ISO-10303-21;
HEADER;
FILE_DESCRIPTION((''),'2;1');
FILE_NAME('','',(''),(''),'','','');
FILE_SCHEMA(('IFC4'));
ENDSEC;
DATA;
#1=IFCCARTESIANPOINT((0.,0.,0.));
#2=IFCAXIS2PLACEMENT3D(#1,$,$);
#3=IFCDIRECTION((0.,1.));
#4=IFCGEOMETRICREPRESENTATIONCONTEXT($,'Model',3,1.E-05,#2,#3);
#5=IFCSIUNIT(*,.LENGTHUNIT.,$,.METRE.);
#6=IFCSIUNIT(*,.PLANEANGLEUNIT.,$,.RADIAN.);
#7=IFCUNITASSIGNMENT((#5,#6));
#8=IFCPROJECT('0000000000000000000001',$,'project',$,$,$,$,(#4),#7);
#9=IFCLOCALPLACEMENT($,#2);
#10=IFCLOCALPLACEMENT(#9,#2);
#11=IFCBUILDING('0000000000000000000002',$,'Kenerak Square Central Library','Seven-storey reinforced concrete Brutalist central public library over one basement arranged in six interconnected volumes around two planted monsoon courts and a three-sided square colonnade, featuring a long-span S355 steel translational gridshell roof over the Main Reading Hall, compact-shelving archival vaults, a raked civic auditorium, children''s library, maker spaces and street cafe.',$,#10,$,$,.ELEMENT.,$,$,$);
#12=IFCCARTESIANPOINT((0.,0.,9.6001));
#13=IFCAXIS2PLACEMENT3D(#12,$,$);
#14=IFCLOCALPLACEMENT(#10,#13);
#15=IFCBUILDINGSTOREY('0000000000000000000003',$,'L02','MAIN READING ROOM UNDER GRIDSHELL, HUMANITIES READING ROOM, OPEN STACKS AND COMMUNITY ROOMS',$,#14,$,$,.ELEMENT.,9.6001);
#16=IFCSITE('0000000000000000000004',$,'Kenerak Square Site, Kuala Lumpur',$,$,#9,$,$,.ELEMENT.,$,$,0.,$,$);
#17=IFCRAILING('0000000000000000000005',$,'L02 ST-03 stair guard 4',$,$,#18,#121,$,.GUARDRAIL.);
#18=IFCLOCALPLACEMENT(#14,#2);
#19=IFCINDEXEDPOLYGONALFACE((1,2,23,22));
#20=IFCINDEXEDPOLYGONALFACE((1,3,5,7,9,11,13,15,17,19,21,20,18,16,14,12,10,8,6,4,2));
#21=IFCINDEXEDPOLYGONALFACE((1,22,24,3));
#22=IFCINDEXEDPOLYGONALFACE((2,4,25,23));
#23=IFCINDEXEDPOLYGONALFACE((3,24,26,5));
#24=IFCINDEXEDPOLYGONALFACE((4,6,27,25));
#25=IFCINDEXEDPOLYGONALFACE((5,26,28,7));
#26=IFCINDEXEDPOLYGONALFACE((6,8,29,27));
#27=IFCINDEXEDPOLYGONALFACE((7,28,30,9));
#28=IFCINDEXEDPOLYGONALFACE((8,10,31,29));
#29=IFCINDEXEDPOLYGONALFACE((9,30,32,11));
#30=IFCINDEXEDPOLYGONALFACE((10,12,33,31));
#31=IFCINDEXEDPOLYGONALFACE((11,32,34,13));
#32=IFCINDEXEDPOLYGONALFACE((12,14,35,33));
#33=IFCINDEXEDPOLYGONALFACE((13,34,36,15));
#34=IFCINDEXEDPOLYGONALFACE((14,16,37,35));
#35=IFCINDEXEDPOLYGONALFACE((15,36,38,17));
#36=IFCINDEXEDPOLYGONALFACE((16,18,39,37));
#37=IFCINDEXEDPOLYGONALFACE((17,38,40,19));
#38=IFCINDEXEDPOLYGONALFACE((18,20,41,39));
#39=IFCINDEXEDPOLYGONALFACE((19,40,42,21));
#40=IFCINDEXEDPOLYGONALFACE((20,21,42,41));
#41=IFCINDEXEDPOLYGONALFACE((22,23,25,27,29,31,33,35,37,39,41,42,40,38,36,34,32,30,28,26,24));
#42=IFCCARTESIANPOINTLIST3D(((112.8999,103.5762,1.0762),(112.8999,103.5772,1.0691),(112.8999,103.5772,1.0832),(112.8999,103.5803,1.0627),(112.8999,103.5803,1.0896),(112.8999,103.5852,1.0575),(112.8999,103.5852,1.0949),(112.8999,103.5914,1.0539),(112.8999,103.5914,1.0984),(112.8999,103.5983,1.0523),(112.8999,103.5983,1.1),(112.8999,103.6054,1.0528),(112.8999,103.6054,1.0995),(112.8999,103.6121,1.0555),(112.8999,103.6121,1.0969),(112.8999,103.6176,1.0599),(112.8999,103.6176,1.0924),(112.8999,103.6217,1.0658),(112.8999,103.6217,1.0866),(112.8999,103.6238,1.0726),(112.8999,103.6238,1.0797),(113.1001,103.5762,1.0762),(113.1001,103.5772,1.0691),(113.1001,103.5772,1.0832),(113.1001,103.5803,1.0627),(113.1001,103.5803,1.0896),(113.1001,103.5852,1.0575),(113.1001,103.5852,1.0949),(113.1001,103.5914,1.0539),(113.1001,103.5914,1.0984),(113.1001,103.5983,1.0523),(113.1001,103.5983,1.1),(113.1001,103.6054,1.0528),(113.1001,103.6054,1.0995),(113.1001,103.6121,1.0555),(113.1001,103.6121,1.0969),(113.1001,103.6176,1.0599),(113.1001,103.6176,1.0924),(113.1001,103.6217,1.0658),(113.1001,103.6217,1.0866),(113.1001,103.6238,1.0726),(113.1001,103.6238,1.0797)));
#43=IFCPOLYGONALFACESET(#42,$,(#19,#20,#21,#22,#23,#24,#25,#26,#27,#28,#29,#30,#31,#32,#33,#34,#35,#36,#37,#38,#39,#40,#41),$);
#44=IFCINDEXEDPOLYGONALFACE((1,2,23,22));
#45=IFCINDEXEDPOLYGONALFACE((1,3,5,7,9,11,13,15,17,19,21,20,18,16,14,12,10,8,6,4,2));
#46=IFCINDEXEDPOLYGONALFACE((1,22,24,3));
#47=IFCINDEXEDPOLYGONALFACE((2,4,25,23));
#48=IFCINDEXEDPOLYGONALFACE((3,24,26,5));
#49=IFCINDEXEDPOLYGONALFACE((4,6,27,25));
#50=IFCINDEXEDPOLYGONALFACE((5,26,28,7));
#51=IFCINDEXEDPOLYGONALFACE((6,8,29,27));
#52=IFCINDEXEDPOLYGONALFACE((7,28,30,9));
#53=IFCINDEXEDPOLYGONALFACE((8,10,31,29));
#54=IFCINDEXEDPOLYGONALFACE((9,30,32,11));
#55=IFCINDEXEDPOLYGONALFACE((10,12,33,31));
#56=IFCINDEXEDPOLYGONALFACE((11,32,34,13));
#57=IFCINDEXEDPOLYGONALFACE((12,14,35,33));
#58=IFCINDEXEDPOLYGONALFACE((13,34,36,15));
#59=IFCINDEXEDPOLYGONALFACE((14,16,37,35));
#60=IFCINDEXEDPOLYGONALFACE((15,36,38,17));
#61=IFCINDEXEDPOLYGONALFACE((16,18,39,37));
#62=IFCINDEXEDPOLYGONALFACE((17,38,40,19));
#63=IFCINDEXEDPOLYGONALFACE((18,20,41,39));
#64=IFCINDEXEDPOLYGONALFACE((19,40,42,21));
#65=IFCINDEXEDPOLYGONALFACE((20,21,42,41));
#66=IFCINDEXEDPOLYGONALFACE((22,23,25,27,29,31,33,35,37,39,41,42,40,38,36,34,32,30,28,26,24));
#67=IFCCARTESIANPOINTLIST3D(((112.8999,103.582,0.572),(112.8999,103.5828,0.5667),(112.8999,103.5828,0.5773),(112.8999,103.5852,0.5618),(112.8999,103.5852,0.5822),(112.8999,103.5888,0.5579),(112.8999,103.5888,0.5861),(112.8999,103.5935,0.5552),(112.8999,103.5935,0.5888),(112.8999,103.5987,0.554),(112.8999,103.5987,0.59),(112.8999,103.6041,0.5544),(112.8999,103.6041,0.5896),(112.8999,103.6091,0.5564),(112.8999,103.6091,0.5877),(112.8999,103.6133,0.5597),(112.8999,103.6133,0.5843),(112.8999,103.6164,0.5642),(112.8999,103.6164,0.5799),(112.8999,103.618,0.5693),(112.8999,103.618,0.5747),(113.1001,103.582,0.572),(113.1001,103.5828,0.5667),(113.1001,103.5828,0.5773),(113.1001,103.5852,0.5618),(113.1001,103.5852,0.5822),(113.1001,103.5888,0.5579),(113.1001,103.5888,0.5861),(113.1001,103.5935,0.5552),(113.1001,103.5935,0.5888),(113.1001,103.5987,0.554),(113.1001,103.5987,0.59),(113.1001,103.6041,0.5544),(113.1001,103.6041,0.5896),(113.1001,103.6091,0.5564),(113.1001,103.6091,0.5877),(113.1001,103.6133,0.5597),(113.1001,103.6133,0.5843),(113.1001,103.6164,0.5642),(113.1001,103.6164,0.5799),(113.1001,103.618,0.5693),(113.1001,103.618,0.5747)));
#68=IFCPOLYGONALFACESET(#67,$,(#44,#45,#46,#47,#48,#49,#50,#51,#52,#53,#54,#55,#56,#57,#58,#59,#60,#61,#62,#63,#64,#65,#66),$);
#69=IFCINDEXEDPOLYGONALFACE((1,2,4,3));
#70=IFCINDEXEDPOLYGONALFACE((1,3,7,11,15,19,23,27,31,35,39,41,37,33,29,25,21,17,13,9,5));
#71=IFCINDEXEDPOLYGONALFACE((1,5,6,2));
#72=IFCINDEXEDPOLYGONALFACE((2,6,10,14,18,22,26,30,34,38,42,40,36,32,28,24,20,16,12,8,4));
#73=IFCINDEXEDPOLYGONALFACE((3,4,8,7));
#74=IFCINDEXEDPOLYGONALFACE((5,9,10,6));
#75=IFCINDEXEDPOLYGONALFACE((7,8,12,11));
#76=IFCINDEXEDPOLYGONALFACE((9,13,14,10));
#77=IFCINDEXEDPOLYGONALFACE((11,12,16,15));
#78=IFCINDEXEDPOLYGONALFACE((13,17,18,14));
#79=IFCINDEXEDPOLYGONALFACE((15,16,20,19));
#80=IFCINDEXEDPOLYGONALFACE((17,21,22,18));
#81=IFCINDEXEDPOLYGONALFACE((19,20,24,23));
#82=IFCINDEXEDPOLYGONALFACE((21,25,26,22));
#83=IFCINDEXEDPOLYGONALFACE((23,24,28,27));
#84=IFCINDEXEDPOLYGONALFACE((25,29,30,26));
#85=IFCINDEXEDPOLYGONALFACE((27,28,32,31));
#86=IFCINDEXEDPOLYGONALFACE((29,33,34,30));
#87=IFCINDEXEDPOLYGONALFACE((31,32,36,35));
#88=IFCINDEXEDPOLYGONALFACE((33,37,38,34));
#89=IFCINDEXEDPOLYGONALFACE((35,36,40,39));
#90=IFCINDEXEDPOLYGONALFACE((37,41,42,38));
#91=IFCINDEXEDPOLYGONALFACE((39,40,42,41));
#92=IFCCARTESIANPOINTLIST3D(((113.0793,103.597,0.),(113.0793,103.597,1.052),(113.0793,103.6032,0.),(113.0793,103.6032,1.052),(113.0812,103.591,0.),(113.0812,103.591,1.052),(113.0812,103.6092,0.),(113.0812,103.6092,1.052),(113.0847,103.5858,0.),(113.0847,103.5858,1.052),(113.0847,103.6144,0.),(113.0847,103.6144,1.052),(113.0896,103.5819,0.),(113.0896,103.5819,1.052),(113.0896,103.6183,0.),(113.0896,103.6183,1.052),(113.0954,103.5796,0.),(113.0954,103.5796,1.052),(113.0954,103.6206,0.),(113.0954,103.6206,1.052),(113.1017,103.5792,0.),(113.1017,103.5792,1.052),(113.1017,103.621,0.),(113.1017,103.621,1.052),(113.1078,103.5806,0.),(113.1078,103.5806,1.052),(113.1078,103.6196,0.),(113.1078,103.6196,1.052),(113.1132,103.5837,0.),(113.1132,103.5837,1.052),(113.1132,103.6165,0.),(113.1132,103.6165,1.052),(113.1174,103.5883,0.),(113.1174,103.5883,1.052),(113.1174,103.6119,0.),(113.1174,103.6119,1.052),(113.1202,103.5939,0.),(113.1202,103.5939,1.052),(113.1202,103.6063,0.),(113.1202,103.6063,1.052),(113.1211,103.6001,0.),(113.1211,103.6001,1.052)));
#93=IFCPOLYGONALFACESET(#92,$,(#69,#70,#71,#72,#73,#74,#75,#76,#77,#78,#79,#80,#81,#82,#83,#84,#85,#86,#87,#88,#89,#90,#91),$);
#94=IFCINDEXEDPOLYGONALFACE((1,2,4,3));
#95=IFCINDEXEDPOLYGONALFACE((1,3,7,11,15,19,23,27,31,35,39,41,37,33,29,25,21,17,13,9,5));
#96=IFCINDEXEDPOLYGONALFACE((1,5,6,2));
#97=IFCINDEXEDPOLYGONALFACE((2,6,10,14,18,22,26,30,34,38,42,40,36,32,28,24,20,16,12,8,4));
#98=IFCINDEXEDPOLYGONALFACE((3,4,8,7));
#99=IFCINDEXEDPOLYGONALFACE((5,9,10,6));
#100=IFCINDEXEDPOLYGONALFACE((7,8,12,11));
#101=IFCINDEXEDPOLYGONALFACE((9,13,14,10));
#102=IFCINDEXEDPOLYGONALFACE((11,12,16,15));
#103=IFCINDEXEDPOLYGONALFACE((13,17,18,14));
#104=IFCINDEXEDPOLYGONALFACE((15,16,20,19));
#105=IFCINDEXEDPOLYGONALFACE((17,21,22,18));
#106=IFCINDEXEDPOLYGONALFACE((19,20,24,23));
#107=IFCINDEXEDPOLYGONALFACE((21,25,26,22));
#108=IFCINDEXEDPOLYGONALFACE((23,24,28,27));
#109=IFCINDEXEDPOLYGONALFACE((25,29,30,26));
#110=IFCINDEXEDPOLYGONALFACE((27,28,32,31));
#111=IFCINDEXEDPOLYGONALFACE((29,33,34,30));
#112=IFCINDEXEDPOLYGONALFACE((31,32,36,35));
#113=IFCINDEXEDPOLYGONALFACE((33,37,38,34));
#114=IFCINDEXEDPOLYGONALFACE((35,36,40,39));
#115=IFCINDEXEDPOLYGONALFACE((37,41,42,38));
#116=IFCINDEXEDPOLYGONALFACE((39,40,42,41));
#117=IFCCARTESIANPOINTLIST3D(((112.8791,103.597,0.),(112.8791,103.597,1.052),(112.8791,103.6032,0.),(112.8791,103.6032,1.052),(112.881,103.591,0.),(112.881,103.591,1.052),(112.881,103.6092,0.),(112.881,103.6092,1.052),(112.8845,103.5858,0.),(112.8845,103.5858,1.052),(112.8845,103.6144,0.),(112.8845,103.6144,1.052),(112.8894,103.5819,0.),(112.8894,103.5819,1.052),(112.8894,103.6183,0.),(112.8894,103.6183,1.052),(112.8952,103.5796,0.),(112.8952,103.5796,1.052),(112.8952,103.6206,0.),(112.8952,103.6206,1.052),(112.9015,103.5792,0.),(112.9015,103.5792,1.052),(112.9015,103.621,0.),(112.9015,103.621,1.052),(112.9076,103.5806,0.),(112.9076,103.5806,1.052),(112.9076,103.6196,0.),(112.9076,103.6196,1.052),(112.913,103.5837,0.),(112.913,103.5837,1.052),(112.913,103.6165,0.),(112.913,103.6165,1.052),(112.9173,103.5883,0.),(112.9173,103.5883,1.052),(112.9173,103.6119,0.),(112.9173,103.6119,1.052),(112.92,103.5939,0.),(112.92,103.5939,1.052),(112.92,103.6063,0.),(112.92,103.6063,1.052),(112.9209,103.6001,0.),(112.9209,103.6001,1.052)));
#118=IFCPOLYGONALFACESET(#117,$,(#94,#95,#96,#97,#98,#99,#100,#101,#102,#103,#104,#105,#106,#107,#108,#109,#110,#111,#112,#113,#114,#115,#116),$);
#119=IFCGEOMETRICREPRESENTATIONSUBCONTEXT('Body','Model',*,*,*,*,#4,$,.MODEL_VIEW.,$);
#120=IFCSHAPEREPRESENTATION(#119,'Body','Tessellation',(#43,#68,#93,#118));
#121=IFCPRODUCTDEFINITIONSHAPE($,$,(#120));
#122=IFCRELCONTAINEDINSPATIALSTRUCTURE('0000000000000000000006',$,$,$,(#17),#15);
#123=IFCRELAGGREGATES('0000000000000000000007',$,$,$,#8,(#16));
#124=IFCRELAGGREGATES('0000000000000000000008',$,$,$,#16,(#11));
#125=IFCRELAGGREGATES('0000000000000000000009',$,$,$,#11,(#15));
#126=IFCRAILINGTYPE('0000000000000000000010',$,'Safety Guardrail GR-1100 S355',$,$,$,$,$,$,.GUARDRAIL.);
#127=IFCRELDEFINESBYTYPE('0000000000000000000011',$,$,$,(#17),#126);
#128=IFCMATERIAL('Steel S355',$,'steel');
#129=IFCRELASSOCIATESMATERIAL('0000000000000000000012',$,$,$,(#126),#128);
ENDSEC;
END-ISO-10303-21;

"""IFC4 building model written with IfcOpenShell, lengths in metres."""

from ifc_helpers import new_model, si_unit, direction, frame, origin, origin_2d, place, context, subcontext, project, spatial, circle, extrude, material, type_object, element, save


model = new_model("IFC4")

# Units and contexts
model_context = context("Model", 3, precision=1e-05, world=origin(), true_north=direction((0.0, 1.0)))
body_context = subcontext(model_context, "Body", "Model", "MODEL_VIEW")
ifc_project = project(units=[si_unit("LENGTHUNIT", "METRE"), si_unit("PLANEANGLEUNIT", "RADIAN")], contexts=[model_context])

# Site, building, storey
site_placement = place(None, origin())
site = spatial("IfcSite", under=ifc_project, at=site_placement, Name="Kenerak Square Site, Kuala Lumpur", CompositionType="ELEMENT", RefElevation=0.0)
building_placement = place(site_placement, origin())
building = spatial("IfcBuilding", under=site, at=building_placement, Name="Kenerak Square Central Library", Description="Seven-storey reinforced concrete Brutalist central public library over one basement arranged in six interconnected volumes around two planted monsoon courts and a three-sided square colonnade, featuring a long-span S355 steel translational gridshell roof over the Main Reading Hall, compact-shelving archival vaults, a raked civic auditorium, children's library, maker spaces and street cafe.", CompositionType="ELEMENT")
storey_placement = place(building_placement, frame((0.0, 0.0, 9.6001)))
storey = spatial("IfcBuildingStorey", under=building, at=storey_placement, Name="L02", Description="MAIN READING ROOM UNDER GRIDSHELL, HUMANITIES READING ROOM, OPEN STACKS AND COMMUNITY ROOMS", CompositionType="ELEMENT", Elevation=9.6001)

# Shared definitions
ifc_material_1 = material(Name="Steel S355", Category="steel")

# Railing
railing_type_1 = type_object("IfcRailingType", Name="Safety Guardrail GR-1100 S355", PredefinedType="GUARDRAIL", material=ifc_material_1)
railing_1_placement = place(storey_placement, frame((113.1001, 103.6001, 0.0)))
element("IfcRailing", 1, at=railing_1_placement, inside=storey, type_object=railing_type_1, Name="L02 ST-03 stair guard 4", PredefinedType="GUARDRAIL", context=body_context, shape_type="SweptSolid", body=[
    extrude(circle(Radius=0.0239, at=origin_2d()), frame((0.0, 0.0, 1.0762), z_axis=(-1.0, 0.0, 0.0), x_axis=(0.0, -1.0, 0.0)), (0.0, 0.0, 1.0), 0.2002),
    extrude(circle(Radius=0.0181, at=origin_2d()), frame((0.0, 0.0, 0.572), z_axis=(-1.0, 0.0, 0.0), x_axis=(0.0, -1.0, 0.0)), (0.0, 0.0, 1.0), 0.2002),
    extrude(circle(Radius=0.021, at=origin_2d()), origin(), (0.0, 0.0, 1.0), 1.052),
    extrude(circle(Radius=0.021, at=origin_2d()), frame((-0.2002, 0.0, 0.0)), (0.0, 0.0, 1.0), 1.052),
])

save(model, "model.ifc")
